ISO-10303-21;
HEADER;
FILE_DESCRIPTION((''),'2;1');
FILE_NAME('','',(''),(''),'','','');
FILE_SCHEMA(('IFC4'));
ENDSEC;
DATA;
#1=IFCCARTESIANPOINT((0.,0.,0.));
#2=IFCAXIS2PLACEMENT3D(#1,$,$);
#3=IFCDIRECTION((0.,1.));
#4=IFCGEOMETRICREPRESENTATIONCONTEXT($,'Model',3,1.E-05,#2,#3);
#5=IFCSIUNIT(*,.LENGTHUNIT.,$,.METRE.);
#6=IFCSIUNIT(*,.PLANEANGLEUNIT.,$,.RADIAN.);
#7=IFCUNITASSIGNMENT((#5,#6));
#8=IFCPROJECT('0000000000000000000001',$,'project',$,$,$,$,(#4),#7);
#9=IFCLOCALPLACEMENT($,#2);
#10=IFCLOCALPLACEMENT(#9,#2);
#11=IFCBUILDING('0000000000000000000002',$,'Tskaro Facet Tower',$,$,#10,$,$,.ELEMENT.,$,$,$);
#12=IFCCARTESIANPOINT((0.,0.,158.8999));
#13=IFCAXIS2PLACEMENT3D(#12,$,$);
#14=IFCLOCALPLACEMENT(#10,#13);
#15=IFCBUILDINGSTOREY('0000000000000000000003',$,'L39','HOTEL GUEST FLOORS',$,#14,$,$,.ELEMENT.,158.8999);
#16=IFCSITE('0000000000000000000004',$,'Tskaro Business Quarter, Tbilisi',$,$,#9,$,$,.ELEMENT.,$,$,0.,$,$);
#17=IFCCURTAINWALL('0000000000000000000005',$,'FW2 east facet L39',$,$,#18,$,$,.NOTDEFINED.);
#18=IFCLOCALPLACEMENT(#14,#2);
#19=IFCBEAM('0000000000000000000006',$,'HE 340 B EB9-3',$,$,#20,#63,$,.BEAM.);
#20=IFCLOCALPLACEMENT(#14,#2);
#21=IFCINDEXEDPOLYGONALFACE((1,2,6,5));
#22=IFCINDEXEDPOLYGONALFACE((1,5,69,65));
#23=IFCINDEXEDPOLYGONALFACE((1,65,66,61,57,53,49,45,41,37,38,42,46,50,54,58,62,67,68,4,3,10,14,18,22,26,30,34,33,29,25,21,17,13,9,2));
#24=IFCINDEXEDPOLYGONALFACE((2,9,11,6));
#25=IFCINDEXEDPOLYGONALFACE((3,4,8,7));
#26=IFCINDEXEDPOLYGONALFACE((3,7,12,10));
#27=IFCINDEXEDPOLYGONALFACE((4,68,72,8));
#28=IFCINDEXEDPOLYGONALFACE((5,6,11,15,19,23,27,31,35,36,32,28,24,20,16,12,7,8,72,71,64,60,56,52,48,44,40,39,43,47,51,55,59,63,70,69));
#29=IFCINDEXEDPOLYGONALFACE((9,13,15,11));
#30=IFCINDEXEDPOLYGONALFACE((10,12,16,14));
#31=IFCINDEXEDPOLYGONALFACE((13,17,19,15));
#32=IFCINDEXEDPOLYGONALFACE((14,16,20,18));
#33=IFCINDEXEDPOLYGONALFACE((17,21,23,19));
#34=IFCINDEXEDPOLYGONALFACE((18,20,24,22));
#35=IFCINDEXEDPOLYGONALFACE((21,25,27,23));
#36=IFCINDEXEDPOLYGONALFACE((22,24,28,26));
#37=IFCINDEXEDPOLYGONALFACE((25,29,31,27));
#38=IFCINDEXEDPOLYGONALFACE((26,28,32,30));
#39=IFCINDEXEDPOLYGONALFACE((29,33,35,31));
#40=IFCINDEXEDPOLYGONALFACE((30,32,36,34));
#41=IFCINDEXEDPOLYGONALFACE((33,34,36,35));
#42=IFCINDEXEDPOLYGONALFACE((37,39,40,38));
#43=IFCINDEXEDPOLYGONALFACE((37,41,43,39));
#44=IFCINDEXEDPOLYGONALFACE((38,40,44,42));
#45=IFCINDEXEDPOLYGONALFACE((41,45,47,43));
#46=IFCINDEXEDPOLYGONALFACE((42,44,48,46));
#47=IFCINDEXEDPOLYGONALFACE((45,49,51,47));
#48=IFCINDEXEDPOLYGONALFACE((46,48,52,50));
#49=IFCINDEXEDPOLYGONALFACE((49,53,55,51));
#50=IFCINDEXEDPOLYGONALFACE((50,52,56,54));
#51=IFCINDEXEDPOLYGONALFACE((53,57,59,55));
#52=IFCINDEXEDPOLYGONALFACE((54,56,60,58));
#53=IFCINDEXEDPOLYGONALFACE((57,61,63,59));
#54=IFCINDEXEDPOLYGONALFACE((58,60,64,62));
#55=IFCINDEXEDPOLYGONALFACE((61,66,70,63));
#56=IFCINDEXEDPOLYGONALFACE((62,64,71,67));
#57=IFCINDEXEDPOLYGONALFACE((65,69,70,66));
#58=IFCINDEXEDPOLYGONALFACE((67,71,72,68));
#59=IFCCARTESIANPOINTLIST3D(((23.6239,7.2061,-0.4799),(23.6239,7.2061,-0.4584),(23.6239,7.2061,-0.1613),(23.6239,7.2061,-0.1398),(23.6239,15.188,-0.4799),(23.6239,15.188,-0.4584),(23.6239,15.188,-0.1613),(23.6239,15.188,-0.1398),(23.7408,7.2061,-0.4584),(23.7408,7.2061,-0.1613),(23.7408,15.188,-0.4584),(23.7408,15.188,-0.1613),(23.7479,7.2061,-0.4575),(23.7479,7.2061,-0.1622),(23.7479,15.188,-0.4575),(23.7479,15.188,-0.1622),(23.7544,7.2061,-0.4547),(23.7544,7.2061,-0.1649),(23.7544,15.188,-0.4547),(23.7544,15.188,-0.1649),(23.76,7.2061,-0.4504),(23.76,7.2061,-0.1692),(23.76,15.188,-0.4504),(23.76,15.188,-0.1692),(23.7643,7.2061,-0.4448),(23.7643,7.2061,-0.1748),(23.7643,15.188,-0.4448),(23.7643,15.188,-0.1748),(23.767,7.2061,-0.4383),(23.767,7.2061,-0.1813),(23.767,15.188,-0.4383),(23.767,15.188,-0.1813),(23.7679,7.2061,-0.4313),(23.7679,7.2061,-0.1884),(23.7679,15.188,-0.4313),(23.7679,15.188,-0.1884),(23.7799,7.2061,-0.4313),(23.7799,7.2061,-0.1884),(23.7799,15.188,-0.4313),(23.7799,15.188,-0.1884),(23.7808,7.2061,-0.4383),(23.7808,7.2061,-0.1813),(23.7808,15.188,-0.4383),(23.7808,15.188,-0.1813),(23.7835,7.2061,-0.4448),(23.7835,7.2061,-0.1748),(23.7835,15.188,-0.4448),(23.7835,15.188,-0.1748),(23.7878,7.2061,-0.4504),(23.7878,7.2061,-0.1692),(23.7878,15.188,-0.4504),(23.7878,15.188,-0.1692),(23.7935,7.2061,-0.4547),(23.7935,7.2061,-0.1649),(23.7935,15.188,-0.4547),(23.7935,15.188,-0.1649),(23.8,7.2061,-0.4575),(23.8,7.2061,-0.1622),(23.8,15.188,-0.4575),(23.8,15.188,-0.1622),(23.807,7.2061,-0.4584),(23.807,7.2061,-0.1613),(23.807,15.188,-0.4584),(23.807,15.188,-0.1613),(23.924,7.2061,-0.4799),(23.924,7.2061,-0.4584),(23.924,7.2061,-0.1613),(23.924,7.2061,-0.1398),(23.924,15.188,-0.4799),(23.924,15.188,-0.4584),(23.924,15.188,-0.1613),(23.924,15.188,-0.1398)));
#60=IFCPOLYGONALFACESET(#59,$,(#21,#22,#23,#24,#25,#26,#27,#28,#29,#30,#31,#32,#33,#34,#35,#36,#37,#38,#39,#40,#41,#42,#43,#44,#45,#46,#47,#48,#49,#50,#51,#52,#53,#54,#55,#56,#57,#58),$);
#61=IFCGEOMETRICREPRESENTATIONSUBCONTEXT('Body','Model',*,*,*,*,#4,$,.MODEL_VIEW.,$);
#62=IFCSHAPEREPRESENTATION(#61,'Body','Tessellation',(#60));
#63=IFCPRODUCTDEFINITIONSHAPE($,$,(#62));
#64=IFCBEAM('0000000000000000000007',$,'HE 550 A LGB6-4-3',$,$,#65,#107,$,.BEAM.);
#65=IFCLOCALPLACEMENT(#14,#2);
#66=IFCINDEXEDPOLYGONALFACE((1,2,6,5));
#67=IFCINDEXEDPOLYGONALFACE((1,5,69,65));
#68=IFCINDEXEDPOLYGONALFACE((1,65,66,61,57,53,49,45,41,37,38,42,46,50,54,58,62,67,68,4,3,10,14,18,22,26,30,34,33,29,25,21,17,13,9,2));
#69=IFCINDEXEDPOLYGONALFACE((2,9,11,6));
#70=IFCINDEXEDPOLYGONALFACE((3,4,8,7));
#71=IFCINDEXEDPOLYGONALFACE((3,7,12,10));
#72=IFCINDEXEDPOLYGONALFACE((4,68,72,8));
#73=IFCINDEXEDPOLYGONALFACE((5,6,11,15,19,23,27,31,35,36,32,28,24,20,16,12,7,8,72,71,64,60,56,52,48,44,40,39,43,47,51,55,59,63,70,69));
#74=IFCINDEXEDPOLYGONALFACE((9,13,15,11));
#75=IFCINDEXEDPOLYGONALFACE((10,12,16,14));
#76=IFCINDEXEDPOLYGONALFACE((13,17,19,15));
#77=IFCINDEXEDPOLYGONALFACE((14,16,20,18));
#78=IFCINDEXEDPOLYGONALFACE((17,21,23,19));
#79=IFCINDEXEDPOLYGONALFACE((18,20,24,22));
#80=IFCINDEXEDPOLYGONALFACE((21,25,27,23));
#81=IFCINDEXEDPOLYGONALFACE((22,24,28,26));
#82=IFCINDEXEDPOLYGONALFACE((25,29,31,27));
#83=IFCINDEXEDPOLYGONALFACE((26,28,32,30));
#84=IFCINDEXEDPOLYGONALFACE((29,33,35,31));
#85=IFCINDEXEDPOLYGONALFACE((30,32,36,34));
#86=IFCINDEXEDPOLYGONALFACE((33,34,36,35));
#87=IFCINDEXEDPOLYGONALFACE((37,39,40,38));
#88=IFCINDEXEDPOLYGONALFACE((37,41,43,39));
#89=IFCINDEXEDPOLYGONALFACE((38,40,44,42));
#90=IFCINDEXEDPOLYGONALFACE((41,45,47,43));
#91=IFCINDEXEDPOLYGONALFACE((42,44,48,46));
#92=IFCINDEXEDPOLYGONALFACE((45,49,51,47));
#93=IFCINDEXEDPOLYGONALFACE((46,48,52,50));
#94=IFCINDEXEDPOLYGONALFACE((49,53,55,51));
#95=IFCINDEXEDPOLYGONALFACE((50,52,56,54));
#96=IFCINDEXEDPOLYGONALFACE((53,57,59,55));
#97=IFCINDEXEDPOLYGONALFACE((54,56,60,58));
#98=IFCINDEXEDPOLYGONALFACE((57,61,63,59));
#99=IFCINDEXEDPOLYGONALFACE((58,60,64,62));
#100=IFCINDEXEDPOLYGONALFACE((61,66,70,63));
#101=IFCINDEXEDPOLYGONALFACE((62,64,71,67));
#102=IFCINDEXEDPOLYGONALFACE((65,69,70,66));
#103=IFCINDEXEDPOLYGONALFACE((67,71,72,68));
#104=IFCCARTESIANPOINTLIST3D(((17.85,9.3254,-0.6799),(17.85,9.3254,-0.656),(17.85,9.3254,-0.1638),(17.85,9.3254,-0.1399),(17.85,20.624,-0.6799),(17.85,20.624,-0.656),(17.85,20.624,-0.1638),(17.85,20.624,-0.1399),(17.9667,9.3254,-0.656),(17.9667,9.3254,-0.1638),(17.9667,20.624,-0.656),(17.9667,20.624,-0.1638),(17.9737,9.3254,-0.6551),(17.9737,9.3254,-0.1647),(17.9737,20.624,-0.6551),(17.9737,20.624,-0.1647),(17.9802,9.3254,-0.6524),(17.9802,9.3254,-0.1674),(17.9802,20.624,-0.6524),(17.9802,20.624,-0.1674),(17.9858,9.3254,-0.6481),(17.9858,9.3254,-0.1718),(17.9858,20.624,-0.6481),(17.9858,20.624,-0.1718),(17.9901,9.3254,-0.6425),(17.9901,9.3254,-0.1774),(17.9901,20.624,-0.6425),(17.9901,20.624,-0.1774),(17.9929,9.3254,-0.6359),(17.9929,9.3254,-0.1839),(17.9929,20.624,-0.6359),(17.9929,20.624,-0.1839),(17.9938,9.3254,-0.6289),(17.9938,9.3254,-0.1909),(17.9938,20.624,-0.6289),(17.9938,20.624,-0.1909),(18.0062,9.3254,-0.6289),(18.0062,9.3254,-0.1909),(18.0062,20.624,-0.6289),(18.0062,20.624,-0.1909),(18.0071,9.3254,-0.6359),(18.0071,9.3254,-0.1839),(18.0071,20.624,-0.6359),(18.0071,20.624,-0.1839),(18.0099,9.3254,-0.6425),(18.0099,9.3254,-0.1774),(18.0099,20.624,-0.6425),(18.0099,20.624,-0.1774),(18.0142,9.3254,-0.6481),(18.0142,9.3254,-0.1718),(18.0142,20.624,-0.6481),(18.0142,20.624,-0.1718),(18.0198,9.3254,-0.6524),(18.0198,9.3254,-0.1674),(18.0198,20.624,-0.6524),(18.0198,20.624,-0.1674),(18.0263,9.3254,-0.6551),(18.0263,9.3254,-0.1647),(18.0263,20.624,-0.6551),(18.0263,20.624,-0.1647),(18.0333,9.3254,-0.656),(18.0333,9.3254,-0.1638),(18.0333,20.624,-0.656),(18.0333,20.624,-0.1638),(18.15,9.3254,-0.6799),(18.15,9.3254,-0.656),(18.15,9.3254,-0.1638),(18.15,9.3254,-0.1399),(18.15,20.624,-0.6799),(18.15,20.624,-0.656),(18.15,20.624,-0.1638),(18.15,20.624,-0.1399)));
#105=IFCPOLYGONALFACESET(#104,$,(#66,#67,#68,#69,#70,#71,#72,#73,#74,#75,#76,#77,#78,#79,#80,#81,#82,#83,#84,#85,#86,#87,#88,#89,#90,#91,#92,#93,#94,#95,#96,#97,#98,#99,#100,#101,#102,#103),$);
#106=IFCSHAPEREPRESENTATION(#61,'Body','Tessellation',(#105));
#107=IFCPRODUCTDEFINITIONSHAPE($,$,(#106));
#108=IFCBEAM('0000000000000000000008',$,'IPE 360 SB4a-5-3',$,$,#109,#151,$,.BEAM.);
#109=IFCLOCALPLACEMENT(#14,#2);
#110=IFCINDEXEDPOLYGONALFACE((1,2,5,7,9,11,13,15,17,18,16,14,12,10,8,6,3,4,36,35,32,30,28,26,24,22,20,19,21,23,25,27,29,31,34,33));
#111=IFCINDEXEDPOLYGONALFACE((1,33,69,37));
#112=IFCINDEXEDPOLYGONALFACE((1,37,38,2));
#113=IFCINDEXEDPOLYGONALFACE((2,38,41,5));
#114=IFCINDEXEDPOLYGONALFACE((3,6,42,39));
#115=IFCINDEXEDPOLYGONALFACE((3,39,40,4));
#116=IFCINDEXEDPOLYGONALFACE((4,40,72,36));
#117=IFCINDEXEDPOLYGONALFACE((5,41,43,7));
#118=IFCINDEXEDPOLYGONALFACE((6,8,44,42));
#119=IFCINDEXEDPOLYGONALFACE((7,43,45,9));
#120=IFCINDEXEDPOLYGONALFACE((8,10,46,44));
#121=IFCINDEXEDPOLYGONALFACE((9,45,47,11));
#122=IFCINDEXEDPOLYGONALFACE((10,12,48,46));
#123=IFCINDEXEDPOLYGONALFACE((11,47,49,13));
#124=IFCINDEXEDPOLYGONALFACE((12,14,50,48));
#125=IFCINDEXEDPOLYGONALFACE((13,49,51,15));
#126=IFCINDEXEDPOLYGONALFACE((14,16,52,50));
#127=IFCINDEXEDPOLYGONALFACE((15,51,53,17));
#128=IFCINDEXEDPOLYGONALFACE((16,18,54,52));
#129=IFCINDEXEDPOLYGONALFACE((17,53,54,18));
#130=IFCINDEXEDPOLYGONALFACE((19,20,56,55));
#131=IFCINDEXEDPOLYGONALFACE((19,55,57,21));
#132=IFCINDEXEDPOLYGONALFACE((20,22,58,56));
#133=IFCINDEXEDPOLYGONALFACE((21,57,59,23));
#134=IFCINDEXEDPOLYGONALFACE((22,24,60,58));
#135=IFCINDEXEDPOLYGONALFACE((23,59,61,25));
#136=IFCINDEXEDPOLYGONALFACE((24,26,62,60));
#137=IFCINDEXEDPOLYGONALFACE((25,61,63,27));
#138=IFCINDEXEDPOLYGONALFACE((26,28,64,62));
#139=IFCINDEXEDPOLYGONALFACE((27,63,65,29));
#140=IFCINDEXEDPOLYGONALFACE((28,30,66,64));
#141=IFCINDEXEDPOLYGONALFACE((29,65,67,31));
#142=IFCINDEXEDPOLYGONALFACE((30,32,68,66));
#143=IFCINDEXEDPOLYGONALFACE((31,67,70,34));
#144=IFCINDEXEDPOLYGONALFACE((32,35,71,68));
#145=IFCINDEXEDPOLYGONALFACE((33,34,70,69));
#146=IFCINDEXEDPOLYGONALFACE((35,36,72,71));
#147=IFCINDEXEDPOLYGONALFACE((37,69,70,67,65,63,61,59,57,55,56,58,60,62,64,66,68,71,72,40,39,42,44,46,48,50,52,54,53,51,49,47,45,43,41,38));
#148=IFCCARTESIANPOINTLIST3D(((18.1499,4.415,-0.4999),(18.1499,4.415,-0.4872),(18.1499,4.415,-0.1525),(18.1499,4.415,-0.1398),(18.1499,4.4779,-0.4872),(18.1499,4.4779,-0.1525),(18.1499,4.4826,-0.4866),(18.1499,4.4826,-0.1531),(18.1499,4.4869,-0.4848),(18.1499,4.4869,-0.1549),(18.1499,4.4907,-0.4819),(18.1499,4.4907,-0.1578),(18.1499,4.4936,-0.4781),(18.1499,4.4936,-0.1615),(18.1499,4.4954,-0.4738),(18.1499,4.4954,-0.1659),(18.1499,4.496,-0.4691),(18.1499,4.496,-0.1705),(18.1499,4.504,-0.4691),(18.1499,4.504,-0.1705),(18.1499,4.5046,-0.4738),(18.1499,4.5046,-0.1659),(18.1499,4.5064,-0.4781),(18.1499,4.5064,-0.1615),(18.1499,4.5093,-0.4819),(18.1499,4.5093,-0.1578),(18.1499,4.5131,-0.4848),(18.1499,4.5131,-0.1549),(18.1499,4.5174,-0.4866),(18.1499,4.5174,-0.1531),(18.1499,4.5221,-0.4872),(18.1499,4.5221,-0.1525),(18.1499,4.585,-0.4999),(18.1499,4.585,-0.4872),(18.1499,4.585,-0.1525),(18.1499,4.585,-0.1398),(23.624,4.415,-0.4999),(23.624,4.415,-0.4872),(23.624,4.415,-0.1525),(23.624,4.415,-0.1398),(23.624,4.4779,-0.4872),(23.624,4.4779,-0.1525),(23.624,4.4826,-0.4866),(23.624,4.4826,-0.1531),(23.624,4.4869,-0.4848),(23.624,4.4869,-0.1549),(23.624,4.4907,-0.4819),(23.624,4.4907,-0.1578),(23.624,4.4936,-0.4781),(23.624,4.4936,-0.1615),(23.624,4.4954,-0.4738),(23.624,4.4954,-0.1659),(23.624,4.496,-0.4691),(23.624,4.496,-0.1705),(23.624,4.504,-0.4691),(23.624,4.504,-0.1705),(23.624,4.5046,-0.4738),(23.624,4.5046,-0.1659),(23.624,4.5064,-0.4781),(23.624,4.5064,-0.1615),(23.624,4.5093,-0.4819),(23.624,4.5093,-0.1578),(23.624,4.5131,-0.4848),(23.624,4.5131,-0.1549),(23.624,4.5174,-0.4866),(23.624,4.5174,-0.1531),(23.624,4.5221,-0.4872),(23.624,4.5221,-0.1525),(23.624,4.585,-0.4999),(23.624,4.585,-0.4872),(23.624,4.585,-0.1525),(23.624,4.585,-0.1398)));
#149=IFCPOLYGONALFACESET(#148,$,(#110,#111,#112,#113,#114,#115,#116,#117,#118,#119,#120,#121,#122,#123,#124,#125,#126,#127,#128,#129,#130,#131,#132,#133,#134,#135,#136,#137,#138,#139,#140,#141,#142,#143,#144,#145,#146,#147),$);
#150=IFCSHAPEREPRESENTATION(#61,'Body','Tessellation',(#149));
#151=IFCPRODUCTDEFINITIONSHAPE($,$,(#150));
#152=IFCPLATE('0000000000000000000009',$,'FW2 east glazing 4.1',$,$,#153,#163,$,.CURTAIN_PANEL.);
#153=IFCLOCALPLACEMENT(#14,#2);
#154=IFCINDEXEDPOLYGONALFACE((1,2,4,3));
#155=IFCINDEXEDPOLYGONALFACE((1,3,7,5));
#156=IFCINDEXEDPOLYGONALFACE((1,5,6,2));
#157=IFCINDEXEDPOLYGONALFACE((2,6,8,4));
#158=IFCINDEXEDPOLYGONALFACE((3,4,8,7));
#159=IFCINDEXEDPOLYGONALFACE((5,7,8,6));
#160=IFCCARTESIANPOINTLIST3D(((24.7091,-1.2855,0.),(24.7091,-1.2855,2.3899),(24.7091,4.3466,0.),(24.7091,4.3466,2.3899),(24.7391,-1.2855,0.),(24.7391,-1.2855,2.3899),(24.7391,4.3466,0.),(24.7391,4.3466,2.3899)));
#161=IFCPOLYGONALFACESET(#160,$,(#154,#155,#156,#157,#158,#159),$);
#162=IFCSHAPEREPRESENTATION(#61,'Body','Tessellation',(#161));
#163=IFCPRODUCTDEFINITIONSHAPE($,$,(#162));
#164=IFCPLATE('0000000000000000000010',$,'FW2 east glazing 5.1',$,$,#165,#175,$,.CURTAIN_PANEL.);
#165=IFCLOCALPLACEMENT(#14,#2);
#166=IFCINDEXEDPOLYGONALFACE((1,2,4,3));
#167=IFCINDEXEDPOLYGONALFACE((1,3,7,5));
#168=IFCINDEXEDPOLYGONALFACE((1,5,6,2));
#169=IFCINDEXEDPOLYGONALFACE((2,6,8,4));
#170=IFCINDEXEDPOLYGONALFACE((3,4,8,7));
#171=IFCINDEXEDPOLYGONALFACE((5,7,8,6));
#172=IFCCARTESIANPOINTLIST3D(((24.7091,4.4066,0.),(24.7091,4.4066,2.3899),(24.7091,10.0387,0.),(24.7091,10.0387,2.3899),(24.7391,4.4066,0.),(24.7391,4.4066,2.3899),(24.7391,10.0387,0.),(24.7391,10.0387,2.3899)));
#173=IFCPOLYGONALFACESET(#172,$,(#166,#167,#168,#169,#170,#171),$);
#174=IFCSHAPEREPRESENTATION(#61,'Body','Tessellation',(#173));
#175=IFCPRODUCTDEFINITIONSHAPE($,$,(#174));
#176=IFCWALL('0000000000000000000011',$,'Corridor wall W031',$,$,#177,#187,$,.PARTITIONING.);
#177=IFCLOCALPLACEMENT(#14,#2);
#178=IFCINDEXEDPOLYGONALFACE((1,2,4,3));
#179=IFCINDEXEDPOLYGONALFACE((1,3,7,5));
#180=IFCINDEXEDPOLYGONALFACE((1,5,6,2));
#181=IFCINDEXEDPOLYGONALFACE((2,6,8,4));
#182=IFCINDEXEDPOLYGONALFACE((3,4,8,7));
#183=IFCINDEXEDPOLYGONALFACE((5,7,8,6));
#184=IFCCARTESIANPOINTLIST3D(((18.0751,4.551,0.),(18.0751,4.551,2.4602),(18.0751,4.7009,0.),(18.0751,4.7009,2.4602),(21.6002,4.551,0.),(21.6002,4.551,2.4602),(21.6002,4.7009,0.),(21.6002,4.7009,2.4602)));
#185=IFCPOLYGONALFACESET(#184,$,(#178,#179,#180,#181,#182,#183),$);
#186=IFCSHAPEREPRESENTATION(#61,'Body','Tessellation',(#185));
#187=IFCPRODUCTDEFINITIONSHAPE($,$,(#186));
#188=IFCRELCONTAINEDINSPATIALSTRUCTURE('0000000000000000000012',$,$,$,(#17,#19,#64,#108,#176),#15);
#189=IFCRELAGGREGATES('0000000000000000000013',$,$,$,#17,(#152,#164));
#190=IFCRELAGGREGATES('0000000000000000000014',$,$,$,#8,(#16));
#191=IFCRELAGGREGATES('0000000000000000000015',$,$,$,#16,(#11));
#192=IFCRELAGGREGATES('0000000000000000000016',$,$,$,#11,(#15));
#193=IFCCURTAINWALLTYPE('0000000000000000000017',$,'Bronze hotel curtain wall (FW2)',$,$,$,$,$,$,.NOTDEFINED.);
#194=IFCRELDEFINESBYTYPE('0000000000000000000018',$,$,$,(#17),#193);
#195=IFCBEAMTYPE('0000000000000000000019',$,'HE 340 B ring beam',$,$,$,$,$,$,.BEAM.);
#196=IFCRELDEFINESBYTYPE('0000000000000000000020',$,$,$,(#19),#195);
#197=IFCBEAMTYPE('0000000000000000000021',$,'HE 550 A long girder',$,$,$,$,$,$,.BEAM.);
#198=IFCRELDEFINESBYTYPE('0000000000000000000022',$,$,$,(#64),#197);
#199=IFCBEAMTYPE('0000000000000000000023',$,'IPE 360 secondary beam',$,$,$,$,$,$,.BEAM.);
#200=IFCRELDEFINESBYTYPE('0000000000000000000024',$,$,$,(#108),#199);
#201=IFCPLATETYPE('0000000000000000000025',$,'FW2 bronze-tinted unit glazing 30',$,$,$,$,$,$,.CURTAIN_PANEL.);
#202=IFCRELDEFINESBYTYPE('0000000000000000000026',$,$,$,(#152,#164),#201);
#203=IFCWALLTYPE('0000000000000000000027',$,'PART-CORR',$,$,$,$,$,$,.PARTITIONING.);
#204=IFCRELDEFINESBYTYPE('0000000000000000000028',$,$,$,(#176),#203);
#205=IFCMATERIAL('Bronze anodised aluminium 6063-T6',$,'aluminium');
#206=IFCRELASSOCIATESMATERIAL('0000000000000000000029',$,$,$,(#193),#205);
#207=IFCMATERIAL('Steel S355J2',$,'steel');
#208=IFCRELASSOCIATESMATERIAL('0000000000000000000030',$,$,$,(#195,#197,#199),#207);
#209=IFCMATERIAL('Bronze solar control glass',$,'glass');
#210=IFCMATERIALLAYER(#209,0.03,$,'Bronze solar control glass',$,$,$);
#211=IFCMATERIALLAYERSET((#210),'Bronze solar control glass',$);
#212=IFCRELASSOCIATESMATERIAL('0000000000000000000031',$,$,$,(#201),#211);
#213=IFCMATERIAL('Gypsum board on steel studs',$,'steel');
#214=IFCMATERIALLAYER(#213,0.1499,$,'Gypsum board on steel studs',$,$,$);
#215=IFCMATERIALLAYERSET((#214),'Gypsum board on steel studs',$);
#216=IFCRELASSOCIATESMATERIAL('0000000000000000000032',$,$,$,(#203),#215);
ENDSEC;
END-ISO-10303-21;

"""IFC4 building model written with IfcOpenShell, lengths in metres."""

from ifc_helpers import new_model, si_unit, direction, frame, frame_2d, origin, origin_2d, place, context, subcontext, project, spatial, rectangle, i_section, extrude, material, layer, layer_set, material_profile, profile_set, type_object, element, aggregate, save


model = new_model("IFC4")

# Units and contexts
model_context = context("Model", 3, precision=1e-05, world=origin(), true_north=direction((0.0, 1.0)))
body_context = subcontext(model_context, "Body", "Model", "MODEL_VIEW")
ifc_project = project(units=[si_unit("LENGTHUNIT", "METRE"), si_unit("PLANEANGLEUNIT", "RADIAN")], contexts=[model_context])

# Site, building, storey
site_placement = place(None, origin())
site = spatial("IfcSite", under=ifc_project, at=site_placement, Name="Tskaro Business Quarter, Tbilisi", CompositionType="ELEMENT", RefElevation=0.0)
building_placement = place(site_placement, origin())
building = spatial("IfcBuilding", under=site, at=building_placement, Name="Tskaro Facet Tower", CompositionType="ELEMENT")
storey_placement = place(building_placement, frame((0.0, 0.0, 158.8999)))
storey = spatial("IfcBuildingStorey", under=building, at=storey_placement, Name="L39", Description="HOTEL GUEST FLOORS", CompositionType="ELEMENT", Elevation=158.8999)

# Curtain wall
ifc_material_1 = material(Name="Bronze anodised aluminium 6063-T6", Category="aluminium")
curtain_wall_type = type_object("IfcCurtainWallType", Name="Bronze hotel curtain wall (FW2)", PredefinedType="NOTDEFINED", material=ifc_material_1)
curtain_wall_placement = place(storey_placement, origin())
curtain_wall = element("IfcCurtainWall", 1, at=curtain_wall_placement, inside=storey, type_object=curtain_wall_type, Name="FW2 east facet L39", PredefinedType="NOTDEFINED")

# Beams
ifc_material_2 = material(Name="Steel S355J2", Category="steel")
ifc_material_profile_1 = material_profile(ifc_material_2, i_section(OverallWidth=0.3, OverallDepth=0.3401, WebThickness=0.012, FlangeThickness=0.0215, FilletRadius=0.0271, at=origin_2d()), Name="HE 340 B")
ifc_profile_set_1 = profile_set([ifc_material_profile_1], Name="Steel S355J2")
beam_type_1 = type_object("IfcBeamType", Name="HE 340 B ring beam", PredefinedType="BEAM", material=ifc_profile_set_1)
for number, where, z_axis, x_axis, name in (
    (2, (23.7739, 7.2061, -0.3098), (0.0, 1.0, 0.0), (-1.0, 0.0, 0.0), "HE 340 B EB9-3"),
):
    element("IfcBeam", number, at=place(storey_placement, frame(where, z_axis=z_axis, x_axis=x_axis)), inside=storey, type_object=beam_type_1, Name=name, PredefinedType="BEAM", context=body_context, shape_type="SweptSolid", body=[
        extrude(i_section(OverallWidth=0.3, OverallDepth=0.3401, WebThickness=0.012, FlangeThickness=0.0215, FilletRadius=0.0271, at=origin_2d()), origin(), (0.0, 0.0, 1.0), 7.9819),
    ])
ifc_material_profile_2 = material_profile(ifc_material_2, i_section(OverallWidth=0.3, OverallDepth=0.54, WebThickness=0.0125, FlangeThickness=0.0239, FilletRadius=0.0271, at=origin_2d()), Name="HE 550 A")
ifc_profile_set_2 = profile_set([ifc_material_profile_2], Name="Steel S355J2")
beam_type_2 = type_object("IfcBeamType", Name="HE 550 A long girder", PredefinedType="BEAM", material=ifc_profile_set_2)
beam_1_placement = place(storey_placement, frame((18.0, 9.3254, -0.4099), z_axis=(0.0, 1.0, 0.0), x_axis=(-1.0, 0.0, 0.0)))
element("IfcBeam", 3, at=beam_1_placement, inside=storey, type_object=beam_type_2, Name="HE 550 A LGB6-4-3", PredefinedType="BEAM", context=body_context, shape_type="SweptSolid", body=[
    extrude(i_section(OverallWidth=0.3, OverallDepth=0.54, WebThickness=0.0125, FlangeThickness=0.0239, FilletRadius=0.0271, at=origin_2d()), origin(), (0.0, 0.0, 1.0), 11.2986),
])
ifc_material_profile_3 = material_profile(ifc_material_2, i_section(OverallWidth=0.1699, OverallDepth=0.3601, WebThickness=0.0081, FlangeThickness=0.0127, FilletRadius=0.0181, at=origin_2d()), Name="IPE 360")
ifc_profile_set_3 = profile_set([ifc_material_profile_3], Name="Steel S355J2")
beam_type_3 = type_object("IfcBeamType", Name="IPE 360 secondary beam", PredefinedType="BEAM", material=ifc_profile_set_3)
beam_2_placement = place(storey_placement, frame((18.1499, 4.5, -0.3198), z_axis=(1.0, 0.0, 0.0), x_axis=(0.0, 1.0, 0.0)))
element("IfcBeam", 4, at=beam_2_placement, inside=storey, type_object=beam_type_3, Name="IPE 360 SB4a-5-3", PredefinedType="BEAM", context=body_context, shape_type="SweptSolid", body=[
    extrude(i_section(OverallWidth=0.1699, OverallDepth=0.3601, WebThickness=0.0081, FlangeThickness=0.0127, FilletRadius=0.0181, at=origin_2d()), origin(), (0.0, 0.0, 1.0), 5.4741),
])

# Plates
ifc_material_3 = material(Name="Bronze solar control glass", Category="glass")
ifc_layer_1 = layer(ifc_material_3, 0.03, Name="Bronze solar control glass")
ifc_layer_set_1 = layer_set([ifc_layer_1], Name="Bronze solar control glass")
plate_type = type_object("IfcPlateType", Name="FW2 bronze-tinted unit glazing 30", PredefinedType="CURTAIN_PANEL", material=ifc_layer_set_1)
plate_1_placement = place(storey_placement, frame((24.7241, 1.5305, 0.0), z_axis=(0.0, 0.0, 1.0), x_axis=(0.0, 1.0, 0.0)))
plate_1 = element("IfcPlate", 5, at=plate_1_placement, type_object=plate_type, Name="FW2 east glazing 4.1", PredefinedType="CURTAIN_PANEL", context=body_context, shape_type="SweptSolid", body=[
    extrude(rectangle(XDim=5.6321, YDim=0.03, at=origin_2d()), origin(), (0.0, 0.0, 1.0), 2.3899),
])
plate_2_placement = place(storey_placement, frame((24.7241, 7.2227, 0.0), z_axis=(0.0, 0.0, 1.0), x_axis=(0.0, 1.0, 0.0)))
plate_2 = element("IfcPlate", 6, at=plate_2_placement, type_object=plate_type, Name="FW2 east glazing 5.1", PredefinedType="CURTAIN_PANEL", context=body_context, shape_type="SweptSolid", body=[
    extrude(rectangle(XDim=5.6321, YDim=0.03, at=origin_2d()), origin(), (0.0, 0.0, 1.0), 2.3899),
])
aggregate(curtain_wall, [plate_1, plate_2])

# Wall
ifc_material_4 = material(Name="Gypsum board on steel studs", Category="steel")
ifc_layer_2 = layer(ifc_material_4, 0.1499, Name="Gypsum board on steel studs")
ifc_layer_set_2 = layer_set([ifc_layer_2], Name="Gypsum board on steel studs")
wall_type_1 = type_object("IfcWallType", Name="PART-CORR", PredefinedType="PARTITIONING", material=ifc_layer_set_2)
for number, where, z_axis, x_axis, name in (
    (7, (18.075, 4.626, 0.0), (0.0, 0.0, 1.0), (1.0, 0.0, 0.0), "Corridor wall W031"),
):
    element("IfcWall", number, at=place(storey_placement, frame(where, z_axis=z_axis, x_axis=x_axis)), inside=storey, type_object=wall_type_1, Name=name, PredefinedType="PARTITIONING", context=body_context, shape_type="SweptSolid", body=[
        extrude(rectangle(XDim=3.5251, YDim=0.1499, at=frame_2d((1.7627, 0.0))), origin(), (0.0, 0.0, 1.0), 2.4602),
    ])

save(model, "model.ifc")
